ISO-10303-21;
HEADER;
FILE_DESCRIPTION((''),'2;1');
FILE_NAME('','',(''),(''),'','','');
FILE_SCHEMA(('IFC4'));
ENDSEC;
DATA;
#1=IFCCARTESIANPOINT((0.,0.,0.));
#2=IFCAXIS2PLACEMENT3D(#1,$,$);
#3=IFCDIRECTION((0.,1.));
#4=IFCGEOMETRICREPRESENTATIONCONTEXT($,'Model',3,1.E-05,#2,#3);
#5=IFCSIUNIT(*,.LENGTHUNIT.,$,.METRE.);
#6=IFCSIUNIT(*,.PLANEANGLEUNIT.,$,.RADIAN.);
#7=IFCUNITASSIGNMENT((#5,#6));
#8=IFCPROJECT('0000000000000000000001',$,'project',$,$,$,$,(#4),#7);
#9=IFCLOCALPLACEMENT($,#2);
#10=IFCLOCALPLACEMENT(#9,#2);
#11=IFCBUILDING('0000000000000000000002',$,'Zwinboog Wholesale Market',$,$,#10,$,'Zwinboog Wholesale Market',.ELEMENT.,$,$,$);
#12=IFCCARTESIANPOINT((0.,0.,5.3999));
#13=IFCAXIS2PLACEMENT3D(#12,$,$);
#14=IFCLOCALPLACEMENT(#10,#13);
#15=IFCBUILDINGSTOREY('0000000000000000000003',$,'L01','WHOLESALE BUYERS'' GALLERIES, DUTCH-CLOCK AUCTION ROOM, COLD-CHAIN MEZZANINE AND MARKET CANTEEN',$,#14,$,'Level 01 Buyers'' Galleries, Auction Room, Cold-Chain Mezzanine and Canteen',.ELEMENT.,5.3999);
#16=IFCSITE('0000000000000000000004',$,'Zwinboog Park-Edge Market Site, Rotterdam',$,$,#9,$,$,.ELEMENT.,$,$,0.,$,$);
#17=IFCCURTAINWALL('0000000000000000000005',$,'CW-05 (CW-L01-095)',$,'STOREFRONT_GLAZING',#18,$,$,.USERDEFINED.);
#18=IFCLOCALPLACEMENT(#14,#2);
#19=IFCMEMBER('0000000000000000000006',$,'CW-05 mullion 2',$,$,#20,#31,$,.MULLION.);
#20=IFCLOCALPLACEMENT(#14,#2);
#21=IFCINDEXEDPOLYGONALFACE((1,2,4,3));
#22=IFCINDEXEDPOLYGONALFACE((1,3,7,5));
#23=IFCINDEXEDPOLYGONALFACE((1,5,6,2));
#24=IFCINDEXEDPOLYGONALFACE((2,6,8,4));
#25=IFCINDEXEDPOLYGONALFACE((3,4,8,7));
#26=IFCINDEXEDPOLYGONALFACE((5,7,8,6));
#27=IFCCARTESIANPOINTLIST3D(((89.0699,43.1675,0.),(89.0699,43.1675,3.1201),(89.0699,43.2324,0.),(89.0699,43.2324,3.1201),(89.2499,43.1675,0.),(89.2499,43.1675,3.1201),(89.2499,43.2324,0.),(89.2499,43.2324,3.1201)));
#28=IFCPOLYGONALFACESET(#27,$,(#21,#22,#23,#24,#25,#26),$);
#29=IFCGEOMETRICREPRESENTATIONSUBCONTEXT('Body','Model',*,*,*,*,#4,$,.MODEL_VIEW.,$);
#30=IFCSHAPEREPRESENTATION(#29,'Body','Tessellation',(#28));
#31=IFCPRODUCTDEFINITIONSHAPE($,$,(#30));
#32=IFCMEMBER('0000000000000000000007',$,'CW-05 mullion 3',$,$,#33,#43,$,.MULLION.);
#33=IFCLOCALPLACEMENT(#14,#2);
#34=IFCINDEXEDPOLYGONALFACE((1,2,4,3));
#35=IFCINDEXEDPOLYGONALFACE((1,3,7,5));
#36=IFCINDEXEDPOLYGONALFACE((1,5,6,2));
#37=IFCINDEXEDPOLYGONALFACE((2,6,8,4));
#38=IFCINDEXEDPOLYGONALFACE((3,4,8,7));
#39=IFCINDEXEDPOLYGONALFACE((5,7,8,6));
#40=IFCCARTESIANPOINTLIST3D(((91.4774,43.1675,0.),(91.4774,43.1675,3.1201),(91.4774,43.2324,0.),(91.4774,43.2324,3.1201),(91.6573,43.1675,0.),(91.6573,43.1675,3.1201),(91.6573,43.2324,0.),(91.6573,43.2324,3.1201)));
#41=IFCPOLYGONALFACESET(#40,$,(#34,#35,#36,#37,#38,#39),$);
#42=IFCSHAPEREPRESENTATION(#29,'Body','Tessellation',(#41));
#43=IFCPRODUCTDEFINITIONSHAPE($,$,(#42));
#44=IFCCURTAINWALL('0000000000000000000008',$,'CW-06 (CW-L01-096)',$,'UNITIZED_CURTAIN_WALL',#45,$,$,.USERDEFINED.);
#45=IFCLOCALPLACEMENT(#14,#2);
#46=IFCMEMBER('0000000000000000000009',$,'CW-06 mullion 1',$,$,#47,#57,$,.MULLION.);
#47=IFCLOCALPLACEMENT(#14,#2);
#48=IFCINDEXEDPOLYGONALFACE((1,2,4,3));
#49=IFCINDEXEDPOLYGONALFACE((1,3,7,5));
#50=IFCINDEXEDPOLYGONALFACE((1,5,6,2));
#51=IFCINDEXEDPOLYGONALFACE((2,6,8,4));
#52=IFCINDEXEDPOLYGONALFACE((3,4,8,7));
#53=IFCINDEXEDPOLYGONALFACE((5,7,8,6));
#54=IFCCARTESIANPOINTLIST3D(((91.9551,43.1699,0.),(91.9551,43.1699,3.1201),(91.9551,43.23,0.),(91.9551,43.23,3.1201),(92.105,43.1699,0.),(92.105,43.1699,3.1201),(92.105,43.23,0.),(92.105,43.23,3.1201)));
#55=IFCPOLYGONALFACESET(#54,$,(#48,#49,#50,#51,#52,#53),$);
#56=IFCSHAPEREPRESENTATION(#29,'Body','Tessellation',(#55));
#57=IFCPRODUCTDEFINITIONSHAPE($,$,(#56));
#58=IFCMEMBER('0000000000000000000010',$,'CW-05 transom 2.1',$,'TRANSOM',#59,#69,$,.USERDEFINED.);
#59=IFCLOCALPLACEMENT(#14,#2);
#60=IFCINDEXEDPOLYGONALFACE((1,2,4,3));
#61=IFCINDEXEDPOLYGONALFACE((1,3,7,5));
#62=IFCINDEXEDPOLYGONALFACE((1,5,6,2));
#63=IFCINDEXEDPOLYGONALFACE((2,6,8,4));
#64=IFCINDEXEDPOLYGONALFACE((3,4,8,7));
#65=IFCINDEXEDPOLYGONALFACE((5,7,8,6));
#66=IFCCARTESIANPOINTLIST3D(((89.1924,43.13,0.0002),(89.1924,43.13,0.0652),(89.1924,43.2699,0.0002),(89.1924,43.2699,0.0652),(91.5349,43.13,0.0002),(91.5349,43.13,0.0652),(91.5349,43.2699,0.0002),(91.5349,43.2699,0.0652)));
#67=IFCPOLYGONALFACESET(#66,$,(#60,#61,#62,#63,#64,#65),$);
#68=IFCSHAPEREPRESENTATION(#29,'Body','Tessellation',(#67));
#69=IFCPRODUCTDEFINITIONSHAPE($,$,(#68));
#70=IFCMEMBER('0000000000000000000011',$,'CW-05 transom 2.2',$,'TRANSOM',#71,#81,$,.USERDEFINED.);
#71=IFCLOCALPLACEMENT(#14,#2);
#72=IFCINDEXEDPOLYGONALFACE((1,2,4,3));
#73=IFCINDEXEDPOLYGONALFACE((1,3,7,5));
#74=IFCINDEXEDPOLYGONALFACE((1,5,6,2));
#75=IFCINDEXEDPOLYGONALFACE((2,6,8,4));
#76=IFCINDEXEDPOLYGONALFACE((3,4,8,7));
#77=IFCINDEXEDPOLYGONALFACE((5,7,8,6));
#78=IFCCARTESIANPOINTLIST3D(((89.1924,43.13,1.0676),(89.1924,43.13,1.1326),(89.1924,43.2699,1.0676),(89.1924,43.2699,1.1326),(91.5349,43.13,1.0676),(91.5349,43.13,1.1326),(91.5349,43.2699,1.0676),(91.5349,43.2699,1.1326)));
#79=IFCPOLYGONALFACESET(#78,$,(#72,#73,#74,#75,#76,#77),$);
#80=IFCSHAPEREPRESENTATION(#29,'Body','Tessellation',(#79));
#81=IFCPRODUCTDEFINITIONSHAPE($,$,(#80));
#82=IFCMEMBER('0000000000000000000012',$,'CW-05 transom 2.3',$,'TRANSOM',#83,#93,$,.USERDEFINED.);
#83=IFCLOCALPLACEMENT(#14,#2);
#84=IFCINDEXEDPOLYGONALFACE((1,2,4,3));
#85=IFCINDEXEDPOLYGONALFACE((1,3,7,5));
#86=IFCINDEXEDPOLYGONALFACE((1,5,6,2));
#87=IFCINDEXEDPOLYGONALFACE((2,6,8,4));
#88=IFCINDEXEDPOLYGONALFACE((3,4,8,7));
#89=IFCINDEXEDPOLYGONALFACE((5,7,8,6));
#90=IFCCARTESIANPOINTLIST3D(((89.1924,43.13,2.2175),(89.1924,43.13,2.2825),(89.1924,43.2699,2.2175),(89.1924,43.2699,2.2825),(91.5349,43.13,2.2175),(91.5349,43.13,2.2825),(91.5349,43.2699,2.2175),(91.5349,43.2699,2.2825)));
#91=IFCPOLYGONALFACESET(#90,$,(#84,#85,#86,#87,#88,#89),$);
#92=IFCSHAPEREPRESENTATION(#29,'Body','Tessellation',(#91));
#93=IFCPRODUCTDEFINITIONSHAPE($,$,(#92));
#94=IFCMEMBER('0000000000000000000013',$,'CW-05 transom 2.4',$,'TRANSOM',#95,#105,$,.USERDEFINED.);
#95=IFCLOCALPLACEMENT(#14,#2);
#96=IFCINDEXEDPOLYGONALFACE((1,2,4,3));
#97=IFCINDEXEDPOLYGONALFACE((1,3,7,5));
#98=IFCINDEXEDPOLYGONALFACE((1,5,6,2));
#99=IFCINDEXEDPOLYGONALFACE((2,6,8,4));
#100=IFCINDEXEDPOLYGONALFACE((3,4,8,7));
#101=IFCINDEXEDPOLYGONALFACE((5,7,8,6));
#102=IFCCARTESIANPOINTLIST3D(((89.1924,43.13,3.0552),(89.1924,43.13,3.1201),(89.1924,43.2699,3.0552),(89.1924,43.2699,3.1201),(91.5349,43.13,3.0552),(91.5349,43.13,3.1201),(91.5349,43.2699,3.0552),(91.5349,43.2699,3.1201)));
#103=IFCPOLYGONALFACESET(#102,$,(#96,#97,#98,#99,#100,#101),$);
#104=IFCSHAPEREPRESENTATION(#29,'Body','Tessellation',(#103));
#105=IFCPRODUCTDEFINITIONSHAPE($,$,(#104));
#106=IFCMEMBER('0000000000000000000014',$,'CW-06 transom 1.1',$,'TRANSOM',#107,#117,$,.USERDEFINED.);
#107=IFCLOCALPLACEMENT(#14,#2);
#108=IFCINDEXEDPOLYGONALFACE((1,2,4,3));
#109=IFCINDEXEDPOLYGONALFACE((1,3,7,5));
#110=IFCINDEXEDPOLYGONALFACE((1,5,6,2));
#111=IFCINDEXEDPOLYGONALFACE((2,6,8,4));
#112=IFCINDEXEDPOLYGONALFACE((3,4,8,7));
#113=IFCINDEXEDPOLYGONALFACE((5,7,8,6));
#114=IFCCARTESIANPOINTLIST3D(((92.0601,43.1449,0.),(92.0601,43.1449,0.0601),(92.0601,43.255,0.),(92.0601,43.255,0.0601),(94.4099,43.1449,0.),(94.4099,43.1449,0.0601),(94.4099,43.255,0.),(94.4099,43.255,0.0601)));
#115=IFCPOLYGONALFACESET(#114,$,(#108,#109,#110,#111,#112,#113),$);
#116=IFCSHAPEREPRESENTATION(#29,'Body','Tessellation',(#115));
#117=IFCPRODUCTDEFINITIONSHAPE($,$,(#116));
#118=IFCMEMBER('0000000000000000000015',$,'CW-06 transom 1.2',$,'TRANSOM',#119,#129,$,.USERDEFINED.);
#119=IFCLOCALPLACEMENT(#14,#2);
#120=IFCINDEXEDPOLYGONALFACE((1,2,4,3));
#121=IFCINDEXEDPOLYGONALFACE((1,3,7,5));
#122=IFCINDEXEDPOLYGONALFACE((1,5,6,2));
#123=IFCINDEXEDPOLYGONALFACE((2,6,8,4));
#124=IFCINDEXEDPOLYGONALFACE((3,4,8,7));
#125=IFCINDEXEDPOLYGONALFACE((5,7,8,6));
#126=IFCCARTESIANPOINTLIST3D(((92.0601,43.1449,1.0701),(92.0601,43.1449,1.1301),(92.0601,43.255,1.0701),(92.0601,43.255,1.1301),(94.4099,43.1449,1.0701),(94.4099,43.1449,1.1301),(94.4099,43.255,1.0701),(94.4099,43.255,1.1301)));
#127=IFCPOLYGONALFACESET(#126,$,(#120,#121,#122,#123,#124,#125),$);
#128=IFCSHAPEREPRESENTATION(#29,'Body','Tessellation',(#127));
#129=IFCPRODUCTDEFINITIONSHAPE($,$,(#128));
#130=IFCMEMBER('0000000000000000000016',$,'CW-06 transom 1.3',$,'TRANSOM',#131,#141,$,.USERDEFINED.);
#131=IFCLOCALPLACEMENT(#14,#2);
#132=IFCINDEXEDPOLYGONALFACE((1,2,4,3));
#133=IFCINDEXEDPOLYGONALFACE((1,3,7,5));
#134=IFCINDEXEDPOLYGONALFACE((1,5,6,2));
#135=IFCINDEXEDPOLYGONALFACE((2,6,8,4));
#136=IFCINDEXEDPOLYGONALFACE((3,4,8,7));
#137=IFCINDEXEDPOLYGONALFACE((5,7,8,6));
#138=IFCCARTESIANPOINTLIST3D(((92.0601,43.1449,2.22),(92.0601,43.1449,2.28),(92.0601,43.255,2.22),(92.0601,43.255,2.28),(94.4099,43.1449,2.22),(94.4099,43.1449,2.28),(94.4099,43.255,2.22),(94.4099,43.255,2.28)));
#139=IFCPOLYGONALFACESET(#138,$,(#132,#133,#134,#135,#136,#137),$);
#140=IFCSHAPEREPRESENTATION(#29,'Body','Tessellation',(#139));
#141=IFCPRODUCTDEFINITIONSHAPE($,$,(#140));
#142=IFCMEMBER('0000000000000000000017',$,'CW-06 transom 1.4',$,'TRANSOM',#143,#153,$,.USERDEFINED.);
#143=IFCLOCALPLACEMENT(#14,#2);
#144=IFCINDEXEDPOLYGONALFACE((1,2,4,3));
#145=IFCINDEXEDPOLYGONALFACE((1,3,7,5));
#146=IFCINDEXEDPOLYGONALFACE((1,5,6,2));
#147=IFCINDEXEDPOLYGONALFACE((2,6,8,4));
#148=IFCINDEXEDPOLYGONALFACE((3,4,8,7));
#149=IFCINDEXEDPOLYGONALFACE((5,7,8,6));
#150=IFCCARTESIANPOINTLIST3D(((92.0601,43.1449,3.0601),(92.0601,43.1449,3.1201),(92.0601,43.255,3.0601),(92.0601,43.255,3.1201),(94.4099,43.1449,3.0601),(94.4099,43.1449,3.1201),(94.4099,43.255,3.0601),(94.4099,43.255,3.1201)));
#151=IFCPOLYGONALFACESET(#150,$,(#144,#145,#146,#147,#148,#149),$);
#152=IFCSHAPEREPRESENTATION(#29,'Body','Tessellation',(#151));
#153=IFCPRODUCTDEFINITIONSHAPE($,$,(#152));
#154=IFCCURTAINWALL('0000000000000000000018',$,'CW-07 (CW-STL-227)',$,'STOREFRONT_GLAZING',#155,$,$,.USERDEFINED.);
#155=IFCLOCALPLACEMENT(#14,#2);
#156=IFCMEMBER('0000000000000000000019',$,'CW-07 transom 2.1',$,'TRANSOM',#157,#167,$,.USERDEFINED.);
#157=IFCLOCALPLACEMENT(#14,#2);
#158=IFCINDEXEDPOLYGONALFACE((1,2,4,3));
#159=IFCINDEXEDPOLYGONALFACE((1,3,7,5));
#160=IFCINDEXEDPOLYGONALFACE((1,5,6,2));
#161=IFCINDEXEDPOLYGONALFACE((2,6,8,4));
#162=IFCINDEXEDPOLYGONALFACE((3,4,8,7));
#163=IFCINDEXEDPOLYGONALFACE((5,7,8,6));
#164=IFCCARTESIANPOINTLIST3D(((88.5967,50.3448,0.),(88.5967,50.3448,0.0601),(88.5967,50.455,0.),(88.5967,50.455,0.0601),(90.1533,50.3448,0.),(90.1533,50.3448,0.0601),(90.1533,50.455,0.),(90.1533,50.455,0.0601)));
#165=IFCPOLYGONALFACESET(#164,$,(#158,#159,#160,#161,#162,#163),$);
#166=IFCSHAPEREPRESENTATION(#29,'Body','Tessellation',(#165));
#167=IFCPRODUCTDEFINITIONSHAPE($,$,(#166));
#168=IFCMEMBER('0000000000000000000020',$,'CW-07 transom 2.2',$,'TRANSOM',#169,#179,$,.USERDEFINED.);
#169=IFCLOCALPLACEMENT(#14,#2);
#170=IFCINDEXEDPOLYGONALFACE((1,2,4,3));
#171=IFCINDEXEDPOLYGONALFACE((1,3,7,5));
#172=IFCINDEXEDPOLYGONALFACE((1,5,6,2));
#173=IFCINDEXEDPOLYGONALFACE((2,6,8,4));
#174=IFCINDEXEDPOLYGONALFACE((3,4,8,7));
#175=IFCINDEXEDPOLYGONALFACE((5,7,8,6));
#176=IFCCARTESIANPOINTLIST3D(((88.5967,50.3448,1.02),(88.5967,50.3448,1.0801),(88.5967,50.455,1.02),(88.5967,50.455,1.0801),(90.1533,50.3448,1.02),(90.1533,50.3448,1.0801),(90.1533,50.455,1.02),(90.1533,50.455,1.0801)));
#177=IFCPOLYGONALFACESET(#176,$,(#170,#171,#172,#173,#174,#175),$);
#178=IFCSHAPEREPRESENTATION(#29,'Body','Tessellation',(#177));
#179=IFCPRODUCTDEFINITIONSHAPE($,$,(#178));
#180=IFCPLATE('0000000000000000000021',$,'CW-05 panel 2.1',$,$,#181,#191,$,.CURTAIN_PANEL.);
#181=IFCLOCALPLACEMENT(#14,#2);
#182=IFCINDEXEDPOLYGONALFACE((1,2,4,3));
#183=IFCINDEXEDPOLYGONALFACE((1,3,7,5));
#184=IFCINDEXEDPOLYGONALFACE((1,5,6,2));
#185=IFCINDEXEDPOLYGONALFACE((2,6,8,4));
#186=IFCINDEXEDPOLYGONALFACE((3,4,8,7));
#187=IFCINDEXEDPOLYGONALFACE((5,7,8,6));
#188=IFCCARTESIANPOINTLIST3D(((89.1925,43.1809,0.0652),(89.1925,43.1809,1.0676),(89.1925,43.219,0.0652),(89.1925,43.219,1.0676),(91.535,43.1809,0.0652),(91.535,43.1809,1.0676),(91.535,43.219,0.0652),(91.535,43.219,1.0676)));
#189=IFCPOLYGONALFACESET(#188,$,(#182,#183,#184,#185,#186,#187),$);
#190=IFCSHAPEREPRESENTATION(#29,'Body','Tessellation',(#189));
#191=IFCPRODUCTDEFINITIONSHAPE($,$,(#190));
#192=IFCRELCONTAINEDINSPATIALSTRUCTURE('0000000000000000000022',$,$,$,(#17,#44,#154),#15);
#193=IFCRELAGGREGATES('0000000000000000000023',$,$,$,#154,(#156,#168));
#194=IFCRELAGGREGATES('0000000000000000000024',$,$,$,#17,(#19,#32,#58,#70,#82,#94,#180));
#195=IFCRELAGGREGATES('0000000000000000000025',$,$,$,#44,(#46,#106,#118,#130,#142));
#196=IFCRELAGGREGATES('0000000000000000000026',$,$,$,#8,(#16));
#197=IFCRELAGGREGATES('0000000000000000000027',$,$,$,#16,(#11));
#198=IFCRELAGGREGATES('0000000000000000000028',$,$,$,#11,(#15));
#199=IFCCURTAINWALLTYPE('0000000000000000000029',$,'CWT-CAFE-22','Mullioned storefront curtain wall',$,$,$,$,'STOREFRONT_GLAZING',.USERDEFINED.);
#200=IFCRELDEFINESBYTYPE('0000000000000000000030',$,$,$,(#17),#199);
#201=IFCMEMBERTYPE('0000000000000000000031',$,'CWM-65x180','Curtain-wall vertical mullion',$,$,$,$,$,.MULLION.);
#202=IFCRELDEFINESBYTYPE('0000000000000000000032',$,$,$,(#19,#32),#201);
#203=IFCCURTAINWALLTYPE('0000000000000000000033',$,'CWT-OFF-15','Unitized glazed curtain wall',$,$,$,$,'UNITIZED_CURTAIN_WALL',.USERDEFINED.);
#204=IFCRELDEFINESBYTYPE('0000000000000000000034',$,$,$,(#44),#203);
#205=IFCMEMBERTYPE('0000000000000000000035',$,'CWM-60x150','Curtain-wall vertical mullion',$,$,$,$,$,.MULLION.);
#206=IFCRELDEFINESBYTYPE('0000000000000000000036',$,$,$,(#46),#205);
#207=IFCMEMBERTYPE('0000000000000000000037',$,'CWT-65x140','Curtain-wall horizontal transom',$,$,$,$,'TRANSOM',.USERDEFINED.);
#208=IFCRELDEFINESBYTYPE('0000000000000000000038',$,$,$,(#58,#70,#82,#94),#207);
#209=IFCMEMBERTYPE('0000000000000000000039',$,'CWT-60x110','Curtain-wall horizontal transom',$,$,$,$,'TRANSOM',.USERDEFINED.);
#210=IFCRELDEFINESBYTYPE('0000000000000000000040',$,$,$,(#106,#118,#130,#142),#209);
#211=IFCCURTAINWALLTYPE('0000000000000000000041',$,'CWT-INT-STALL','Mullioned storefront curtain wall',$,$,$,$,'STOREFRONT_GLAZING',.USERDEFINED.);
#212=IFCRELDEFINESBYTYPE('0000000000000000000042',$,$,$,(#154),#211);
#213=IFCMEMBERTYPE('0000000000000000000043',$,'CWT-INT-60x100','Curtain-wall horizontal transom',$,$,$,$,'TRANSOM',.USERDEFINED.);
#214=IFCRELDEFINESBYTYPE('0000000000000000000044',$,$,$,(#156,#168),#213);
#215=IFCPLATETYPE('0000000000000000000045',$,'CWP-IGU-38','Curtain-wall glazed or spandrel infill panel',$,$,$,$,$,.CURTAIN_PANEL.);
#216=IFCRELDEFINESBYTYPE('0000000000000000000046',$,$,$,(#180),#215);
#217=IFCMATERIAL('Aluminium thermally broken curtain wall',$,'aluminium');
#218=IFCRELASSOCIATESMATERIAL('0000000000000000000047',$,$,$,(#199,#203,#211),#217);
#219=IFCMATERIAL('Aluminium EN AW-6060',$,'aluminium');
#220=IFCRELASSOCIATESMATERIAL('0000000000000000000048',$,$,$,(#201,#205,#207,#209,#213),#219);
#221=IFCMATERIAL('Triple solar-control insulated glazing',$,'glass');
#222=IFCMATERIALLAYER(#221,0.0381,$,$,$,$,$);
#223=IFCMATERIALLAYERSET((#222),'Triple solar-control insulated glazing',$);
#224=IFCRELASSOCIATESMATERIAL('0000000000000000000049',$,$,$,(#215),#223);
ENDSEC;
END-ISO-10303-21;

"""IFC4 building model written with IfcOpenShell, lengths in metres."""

from ifc_helpers import new_model, si_unit, direction, frame, origin, origin_2d, place, context, subcontext, project, spatial, rectangle, extrude, material, layer, layer_set, material_profile, profile_set, type_object, element, aggregate, save


model = new_model("IFC4")

# Units and contexts
model_context = context("Model", 3, precision=1e-05, world=origin(), true_north=direction((0.0, 1.0)))
body_context = subcontext(model_context, "Body", "Model", "MODEL_VIEW")
ifc_project = project(units=[si_unit("LENGTHUNIT", "METRE"), si_unit("PLANEANGLEUNIT", "RADIAN")], contexts=[model_context])

# Site, building, storey
site_placement = place(None, origin())
site = spatial("IfcSite", under=ifc_project, at=site_placement, Name="Zwinboog Park-Edge Market Site, Rotterdam", CompositionType="ELEMENT", RefElevation=0.0)
building_placement = place(site_placement, origin())
building = spatial("IfcBuilding", under=site, at=building_placement, Name="Zwinboog Wholesale Market", LongName="Zwinboog Wholesale Market", CompositionType="ELEMENT")
storey_placement = place(building_placement, frame((0.0, 0.0, 5.3999)))
storey = spatial("IfcBuildingStorey", under=building, at=storey_placement, Name="L01", Description="WHOLESALE BUYERS' GALLERIES, DUTCH-CLOCK AUCTION ROOM, COLD-CHAIN MEZZANINE AND MARKET CANTEEN", LongName="Level 01 Buyers' Galleries, Auction Room, Cold-Chain Mezzanine and Canteen", CompositionType="ELEMENT", Elevation=5.3999)

# Curtain wall, members
ifc_material_1 = material(Name="Aluminium thermally broken curtain wall", Category="aluminium")
curtain_wall_type_1 = type_object("IfcCurtainWallType", Name="CWT-CAFE-22", Description="Mullioned storefront curtain wall", ElementType="STOREFRONT_GLAZING", PredefinedType="USERDEFINED", material=ifc_material_1)
curtain_wall_1_placement = place(storey_placement, origin())
curtain_wall_1 = element("IfcCurtainWall", 1, at=curtain_wall_1_placement, inside=storey, type_object=curtain_wall_type_1, Name="CW-05 (CW-L01-095)", ObjectType="STOREFRONT_GLAZING", PredefinedType="USERDEFINED")
ifc_material_2 = material(Name="Aluminium EN AW-6060", Category="aluminium")
ifc_material_profile_1 = material_profile(ifc_material_2, rectangle(XDim=0.0649, YDim=0.1799, at=origin_2d()), Name="AL 65x180")
ifc_profile_set_1 = profile_set([ifc_material_profile_1], Name="Aluminium EN AW-6060")
member_type_1 = type_object("IfcMemberType", Name="CWM-65x180", Description="Curtain-wall vertical mullion", PredefinedType="MULLION", material=ifc_profile_set_1)
member_1_placement = place(storey_placement, frame((89.1599, 43.2, 0.0), z_axis=(0.0, 0.0, 1.0), x_axis=(0.0, 1.0, 0.0)))
member_1 = element("IfcMember", 2, at=member_1_placement, type_object=member_type_1, Name="CW-05 mullion 2", PredefinedType="MULLION", context=body_context, shape_type="SweptSolid", body=[
    extrude(rectangle(XDim=0.0649, YDim=0.1799, at=origin_2d()), origin(), (0.0, 0.0, 1.0), 3.1201),
])
member_2_placement = place(storey_placement, frame((91.5674, 43.2, 0.0), z_axis=(0.0, 0.0, 1.0), x_axis=(0.0, 1.0, 0.0)))
member_2 = element("IfcMember", 3, at=member_2_placement, type_object=member_type_1, Name="CW-05 mullion 3", PredefinedType="MULLION", context=body_context, shape_type="SweptSolid", body=[
    extrude(rectangle(XDim=0.0649, YDim=0.1799, at=origin_2d()), origin(), (0.0, 0.0, 1.0), 3.1201),
])

# Curtain wall, member
curtain_wall_type_2 = type_object("IfcCurtainWallType", Name="CWT-OFF-15", Description="Unitized glazed curtain wall", ElementType="UNITIZED_CURTAIN_WALL", PredefinedType="USERDEFINED", material=ifc_material_1)
curtain_wall_2_placement = place(storey_placement, origin())
curtain_wall_2 = element("IfcCurtainWall", 4, at=curtain_wall_2_placement, inside=storey, type_object=curtain_wall_type_2, Name="CW-06 (CW-L01-096)", ObjectType="UNITIZED_CURTAIN_WALL", PredefinedType="USERDEFINED")
ifc_material_profile_2 = material_profile(ifc_material_2, rectangle(XDim=0.0601, YDim=0.1499, at=origin_2d()), Name="AL 60x150")
ifc_profile_set_2 = profile_set([ifc_material_profile_2], Name="Aluminium EN AW-6060")
member_type_2 = type_object("IfcMemberType", Name="CWM-60x150", Description="Curtain-wall vertical mullion", PredefinedType="MULLION", material=ifc_profile_set_2)
member_3_placement = place(storey_placement, frame((92.03, 43.2, 0.0), z_axis=(0.0, 0.0, 1.0), x_axis=(0.0, 1.0, 0.0)))
member_3 = element("IfcMember", 5, at=member_3_placement, type_object=member_type_2, Name="CW-06 mullion 1", PredefinedType="MULLION", context=body_context, shape_type="SweptSolid", body=[
    extrude(rectangle(XDim=0.0601, YDim=0.1499, at=origin_2d()), origin(), (0.0, 0.0, 1.0), 3.1201),
])

# Members
ifc_material_profile_3 = material_profile(ifc_material_2, rectangle(XDim=0.1399, YDim=0.0649, at=origin_2d()), Name="AL 65x140")
ifc_profile_set_3 = profile_set([ifc_material_profile_3], Name="Aluminium EN AW-6060")
member_type_3 = type_object("IfcMemberType", Name="CWT-65x140", Description="Curtain-wall horizontal transom", ElementType="TRANSOM", PredefinedType="USERDEFINED", material=ifc_profile_set_3)
member_4_placement = place(storey_placement, frame((89.1924, 43.2, 0.0327), z_axis=(1.0, 0.0, 0.0), x_axis=(0.0, 1.0, 0.0)))
member_4 = element("IfcMember", 6, at=member_4_placement, type_object=member_type_3, Name="CW-05 transom 2.1", ObjectType="TRANSOM", PredefinedType="USERDEFINED", context=body_context, shape_type="SweptSolid", body=[
    extrude(rectangle(XDim=0.1399, YDim=0.0649, at=origin_2d()), origin(), (0.0, 0.0, 1.0), 2.3425),
])
member_5_placement = place(storey_placement, frame((89.1924, 43.2, 1.1001), z_axis=(1.0, 0.0, 0.0), x_axis=(0.0, 1.0, 0.0)))
member_5 = element("IfcMember", 7, at=member_5_placement, type_object=member_type_3, Name="CW-05 transom 2.2", ObjectType="TRANSOM", PredefinedType="USERDEFINED", context=body_context, shape_type="SweptSolid", body=[
    extrude(rectangle(XDim=0.1399, YDim=0.0649, at=origin_2d()), origin(), (0.0, 0.0, 1.0), 2.3425),
])
member_6_placement = place(storey_placement, frame((89.1924, 43.2, 2.25), z_axis=(1.0, 0.0, 0.0), x_axis=(0.0, 1.0, 0.0)))
member_6 = element("IfcMember", 8, at=member_6_placement, type_object=member_type_3, Name="CW-05 transom 2.3", ObjectType="TRANSOM", PredefinedType="USERDEFINED", context=body_context, shape_type="SweptSolid", body=[
    extrude(rectangle(XDim=0.1399, YDim=0.0649, at=origin_2d()), origin(), (0.0, 0.0, 1.0), 2.3425),
])
member_7_placement = place(storey_placement, frame((89.1924, 43.2, 3.0876), z_axis=(1.0, 0.0, 0.0), x_axis=(0.0, 1.0, 0.0)))
member_7 = element("IfcMember", 9, at=member_7_placement, type_object=member_type_3, Name="CW-05 transom 2.4", ObjectType="TRANSOM", PredefinedType="USERDEFINED", context=body_context, shape_type="SweptSolid", body=[
    extrude(rectangle(XDim=0.1399, YDim=0.0649, at=origin_2d()), origin(), (0.0, 0.0, 1.0), 2.3425),
])
ifc_material_profile_4 = material_profile(ifc_material_2, rectangle(XDim=0.1101, YDim=0.0601, at=origin_2d()), Name="AL 60x110")
ifc_profile_set_4 = profile_set([ifc_material_profile_4], Name="Aluminium EN AW-6060")
member_type_4 = type_object("IfcMemberType", Name="CWT-60x110", Description="Curtain-wall horizontal transom", ElementType="TRANSOM", PredefinedType="USERDEFINED", material=ifc_profile_set_4)
member_8_placement = place(storey_placement, frame((92.0601, 43.2, 0.03), z_axis=(1.0, 0.0, 0.0), x_axis=(0.0, 1.0, 0.0)))
member_8 = element("IfcMember", 10, at=member_8_placement, type_object=member_type_4, Name="CW-06 transom 1.1", ObjectType="TRANSOM", PredefinedType="USERDEFINED", context=body_context, shape_type="SweptSolid", body=[
    extrude(rectangle(XDim=0.1101, YDim=0.0601, at=origin_2d()), origin(), (0.0, 0.0, 1.0), 2.3499),
])
member_9_placement = place(storey_placement, frame((92.0601, 43.2, 1.1001), z_axis=(1.0, 0.0, 0.0), x_axis=(0.0, 1.0, 0.0)))
member_9 = element("IfcMember", 11, at=member_9_placement, type_object=member_type_4, Name="CW-06 transom 1.2", ObjectType="TRANSOM", PredefinedType="USERDEFINED", context=body_context, shape_type="SweptSolid", body=[
    extrude(rectangle(XDim=0.1101, YDim=0.0601, at=origin_2d()), origin(), (0.0, 0.0, 1.0), 2.3499),
])
member_10_placement = place(storey_placement, frame((92.0601, 43.2, 2.25), z_axis=(1.0, 0.0, 0.0), x_axis=(0.0, 1.0, 0.0)))
member_10 = element("IfcMember", 12, at=member_10_placement, type_object=member_type_4, Name="CW-06 transom 1.3", ObjectType="TRANSOM", PredefinedType="USERDEFINED", context=body_context, shape_type="SweptSolid", body=[
    extrude(rectangle(XDim=0.1101, YDim=0.0601, at=origin_2d()), origin(), (0.0, 0.0, 1.0), 2.3499),
])
member_11_placement = place(storey_placement, frame((92.0601, 43.2, 3.0901), z_axis=(1.0, 0.0, 0.0), x_axis=(0.0, 1.0, 0.0)))
member_11 = element("IfcMember", 13, at=member_11_placement, type_object=member_type_4, Name="CW-06 transom 1.4", ObjectType="TRANSOM", PredefinedType="USERDEFINED", context=body_context, shape_type="SweptSolid", body=[
    extrude(rectangle(XDim=0.1101, YDim=0.0601, at=origin_2d()), origin(), (0.0, 0.0, 1.0), 2.3499),
])

# Curtain wall, members
curtain_wall_type_3 = type_object("IfcCurtainWallType", Name="CWT-INT-STALL", Description="Mullioned storefront curtain wall", ElementType="STOREFRONT_GLAZING", PredefinedType="USERDEFINED", material=ifc_material_1)
curtain_wall_3_placement = place(storey_placement, origin())
curtain_wall_3 = element("IfcCurtainWall", 14, at=curtain_wall_3_placement, inside=storey, type_object=curtain_wall_type_3, Name="CW-07 (CW-STL-227)", ObjectType="STOREFRONT_GLAZING", PredefinedType="USERDEFINED")
ifc_material_profile_5 = material_profile(ifc_material_2, rectangle(XDim=0.1101, YDim=0.0601, at=origin_2d()), Name="AL 60x110")
ifc_profile_set_5 = profile_set([ifc_material_profile_5], Name="Aluminium EN AW-6060")
member_type_5 = type_object("IfcMemberType", Name="CWT-INT-60x100", Description="Curtain-wall horizontal transom", ElementType="TRANSOM", PredefinedType="USERDEFINED", material=ifc_profile_set_5)
member_12_placement = place(storey_placement, frame((88.5967, 50.3999, 0.03), z_axis=(1.0, 0.0, 0.0), x_axis=(0.0, 1.0, 0.0)))
member_12 = element("IfcMember", 15, at=member_12_placement, type_object=member_type_5, Name="CW-07 transom 2.1", ObjectType="TRANSOM", PredefinedType="USERDEFINED", context=body_context, shape_type="SweptSolid", body=[
    extrude(rectangle(XDim=0.1101, YDim=0.0601, at=origin_2d()), origin(), (0.0, 0.0, 1.0), 1.5566),
])
member_13_placement = place(storey_placement, frame((88.5967, 50.3999, 1.05), z_axis=(1.0, 0.0, 0.0), x_axis=(0.0, 1.0, 0.0)))
member_13 = element("IfcMember", 16, at=member_13_placement, type_object=member_type_5, Name="CW-07 transom 2.2", ObjectType="TRANSOM", PredefinedType="USERDEFINED", context=body_context, shape_type="SweptSolid", body=[
    extrude(rectangle(XDim=0.1101, YDim=0.0601, at=origin_2d()), origin(), (0.0, 0.0, 1.0), 1.5566),
])
aggregate(curtain_wall_3, [member_12, member_13])

# Plate
ifc_material_3 = material(Name="Triple solar-control insulated glazing", Category="glass")
ifc_layer_1 = layer(ifc_material_3, 0.0381)
ifc_layer_set_1 = layer_set([ifc_layer_1], Name="Triple solar-control insulated glazing")
plate_type = type_object("IfcPlateType", Name="CWP-IGU-38", Description="Curtain-wall glazed or spandrel infill panel", PredefinedType="CURTAIN_PANEL", material=ifc_layer_set_1)
plate_1_placement = place(storey_placement, frame((90.3638, 43.2, 0.0652), z_axis=(0.0, 0.0, 1.0), x_axis=(1.0, 0.0, 0.0)))
plate_1 = element("IfcPlate", 17, at=plate_1_placement, type_object=plate_type, Name="CW-05 panel 2.1", PredefinedType="CURTAIN_PANEL", context=body_context, shape_type="SweptSolid", body=[
    extrude(rectangle(XDim=2.3425, YDim=0.0381, at=origin_2d()), origin(), (0.0, 0.0, 1.0), 1.0024),
])
aggregate(curtain_wall_1, [member_1, member_2, member_4, member_5, member_6, member_7, plate_1])
aggregate(curtain_wall_2, [member_3, member_8, member_9, member_10, member_11])

save(model, "model.ifc")
